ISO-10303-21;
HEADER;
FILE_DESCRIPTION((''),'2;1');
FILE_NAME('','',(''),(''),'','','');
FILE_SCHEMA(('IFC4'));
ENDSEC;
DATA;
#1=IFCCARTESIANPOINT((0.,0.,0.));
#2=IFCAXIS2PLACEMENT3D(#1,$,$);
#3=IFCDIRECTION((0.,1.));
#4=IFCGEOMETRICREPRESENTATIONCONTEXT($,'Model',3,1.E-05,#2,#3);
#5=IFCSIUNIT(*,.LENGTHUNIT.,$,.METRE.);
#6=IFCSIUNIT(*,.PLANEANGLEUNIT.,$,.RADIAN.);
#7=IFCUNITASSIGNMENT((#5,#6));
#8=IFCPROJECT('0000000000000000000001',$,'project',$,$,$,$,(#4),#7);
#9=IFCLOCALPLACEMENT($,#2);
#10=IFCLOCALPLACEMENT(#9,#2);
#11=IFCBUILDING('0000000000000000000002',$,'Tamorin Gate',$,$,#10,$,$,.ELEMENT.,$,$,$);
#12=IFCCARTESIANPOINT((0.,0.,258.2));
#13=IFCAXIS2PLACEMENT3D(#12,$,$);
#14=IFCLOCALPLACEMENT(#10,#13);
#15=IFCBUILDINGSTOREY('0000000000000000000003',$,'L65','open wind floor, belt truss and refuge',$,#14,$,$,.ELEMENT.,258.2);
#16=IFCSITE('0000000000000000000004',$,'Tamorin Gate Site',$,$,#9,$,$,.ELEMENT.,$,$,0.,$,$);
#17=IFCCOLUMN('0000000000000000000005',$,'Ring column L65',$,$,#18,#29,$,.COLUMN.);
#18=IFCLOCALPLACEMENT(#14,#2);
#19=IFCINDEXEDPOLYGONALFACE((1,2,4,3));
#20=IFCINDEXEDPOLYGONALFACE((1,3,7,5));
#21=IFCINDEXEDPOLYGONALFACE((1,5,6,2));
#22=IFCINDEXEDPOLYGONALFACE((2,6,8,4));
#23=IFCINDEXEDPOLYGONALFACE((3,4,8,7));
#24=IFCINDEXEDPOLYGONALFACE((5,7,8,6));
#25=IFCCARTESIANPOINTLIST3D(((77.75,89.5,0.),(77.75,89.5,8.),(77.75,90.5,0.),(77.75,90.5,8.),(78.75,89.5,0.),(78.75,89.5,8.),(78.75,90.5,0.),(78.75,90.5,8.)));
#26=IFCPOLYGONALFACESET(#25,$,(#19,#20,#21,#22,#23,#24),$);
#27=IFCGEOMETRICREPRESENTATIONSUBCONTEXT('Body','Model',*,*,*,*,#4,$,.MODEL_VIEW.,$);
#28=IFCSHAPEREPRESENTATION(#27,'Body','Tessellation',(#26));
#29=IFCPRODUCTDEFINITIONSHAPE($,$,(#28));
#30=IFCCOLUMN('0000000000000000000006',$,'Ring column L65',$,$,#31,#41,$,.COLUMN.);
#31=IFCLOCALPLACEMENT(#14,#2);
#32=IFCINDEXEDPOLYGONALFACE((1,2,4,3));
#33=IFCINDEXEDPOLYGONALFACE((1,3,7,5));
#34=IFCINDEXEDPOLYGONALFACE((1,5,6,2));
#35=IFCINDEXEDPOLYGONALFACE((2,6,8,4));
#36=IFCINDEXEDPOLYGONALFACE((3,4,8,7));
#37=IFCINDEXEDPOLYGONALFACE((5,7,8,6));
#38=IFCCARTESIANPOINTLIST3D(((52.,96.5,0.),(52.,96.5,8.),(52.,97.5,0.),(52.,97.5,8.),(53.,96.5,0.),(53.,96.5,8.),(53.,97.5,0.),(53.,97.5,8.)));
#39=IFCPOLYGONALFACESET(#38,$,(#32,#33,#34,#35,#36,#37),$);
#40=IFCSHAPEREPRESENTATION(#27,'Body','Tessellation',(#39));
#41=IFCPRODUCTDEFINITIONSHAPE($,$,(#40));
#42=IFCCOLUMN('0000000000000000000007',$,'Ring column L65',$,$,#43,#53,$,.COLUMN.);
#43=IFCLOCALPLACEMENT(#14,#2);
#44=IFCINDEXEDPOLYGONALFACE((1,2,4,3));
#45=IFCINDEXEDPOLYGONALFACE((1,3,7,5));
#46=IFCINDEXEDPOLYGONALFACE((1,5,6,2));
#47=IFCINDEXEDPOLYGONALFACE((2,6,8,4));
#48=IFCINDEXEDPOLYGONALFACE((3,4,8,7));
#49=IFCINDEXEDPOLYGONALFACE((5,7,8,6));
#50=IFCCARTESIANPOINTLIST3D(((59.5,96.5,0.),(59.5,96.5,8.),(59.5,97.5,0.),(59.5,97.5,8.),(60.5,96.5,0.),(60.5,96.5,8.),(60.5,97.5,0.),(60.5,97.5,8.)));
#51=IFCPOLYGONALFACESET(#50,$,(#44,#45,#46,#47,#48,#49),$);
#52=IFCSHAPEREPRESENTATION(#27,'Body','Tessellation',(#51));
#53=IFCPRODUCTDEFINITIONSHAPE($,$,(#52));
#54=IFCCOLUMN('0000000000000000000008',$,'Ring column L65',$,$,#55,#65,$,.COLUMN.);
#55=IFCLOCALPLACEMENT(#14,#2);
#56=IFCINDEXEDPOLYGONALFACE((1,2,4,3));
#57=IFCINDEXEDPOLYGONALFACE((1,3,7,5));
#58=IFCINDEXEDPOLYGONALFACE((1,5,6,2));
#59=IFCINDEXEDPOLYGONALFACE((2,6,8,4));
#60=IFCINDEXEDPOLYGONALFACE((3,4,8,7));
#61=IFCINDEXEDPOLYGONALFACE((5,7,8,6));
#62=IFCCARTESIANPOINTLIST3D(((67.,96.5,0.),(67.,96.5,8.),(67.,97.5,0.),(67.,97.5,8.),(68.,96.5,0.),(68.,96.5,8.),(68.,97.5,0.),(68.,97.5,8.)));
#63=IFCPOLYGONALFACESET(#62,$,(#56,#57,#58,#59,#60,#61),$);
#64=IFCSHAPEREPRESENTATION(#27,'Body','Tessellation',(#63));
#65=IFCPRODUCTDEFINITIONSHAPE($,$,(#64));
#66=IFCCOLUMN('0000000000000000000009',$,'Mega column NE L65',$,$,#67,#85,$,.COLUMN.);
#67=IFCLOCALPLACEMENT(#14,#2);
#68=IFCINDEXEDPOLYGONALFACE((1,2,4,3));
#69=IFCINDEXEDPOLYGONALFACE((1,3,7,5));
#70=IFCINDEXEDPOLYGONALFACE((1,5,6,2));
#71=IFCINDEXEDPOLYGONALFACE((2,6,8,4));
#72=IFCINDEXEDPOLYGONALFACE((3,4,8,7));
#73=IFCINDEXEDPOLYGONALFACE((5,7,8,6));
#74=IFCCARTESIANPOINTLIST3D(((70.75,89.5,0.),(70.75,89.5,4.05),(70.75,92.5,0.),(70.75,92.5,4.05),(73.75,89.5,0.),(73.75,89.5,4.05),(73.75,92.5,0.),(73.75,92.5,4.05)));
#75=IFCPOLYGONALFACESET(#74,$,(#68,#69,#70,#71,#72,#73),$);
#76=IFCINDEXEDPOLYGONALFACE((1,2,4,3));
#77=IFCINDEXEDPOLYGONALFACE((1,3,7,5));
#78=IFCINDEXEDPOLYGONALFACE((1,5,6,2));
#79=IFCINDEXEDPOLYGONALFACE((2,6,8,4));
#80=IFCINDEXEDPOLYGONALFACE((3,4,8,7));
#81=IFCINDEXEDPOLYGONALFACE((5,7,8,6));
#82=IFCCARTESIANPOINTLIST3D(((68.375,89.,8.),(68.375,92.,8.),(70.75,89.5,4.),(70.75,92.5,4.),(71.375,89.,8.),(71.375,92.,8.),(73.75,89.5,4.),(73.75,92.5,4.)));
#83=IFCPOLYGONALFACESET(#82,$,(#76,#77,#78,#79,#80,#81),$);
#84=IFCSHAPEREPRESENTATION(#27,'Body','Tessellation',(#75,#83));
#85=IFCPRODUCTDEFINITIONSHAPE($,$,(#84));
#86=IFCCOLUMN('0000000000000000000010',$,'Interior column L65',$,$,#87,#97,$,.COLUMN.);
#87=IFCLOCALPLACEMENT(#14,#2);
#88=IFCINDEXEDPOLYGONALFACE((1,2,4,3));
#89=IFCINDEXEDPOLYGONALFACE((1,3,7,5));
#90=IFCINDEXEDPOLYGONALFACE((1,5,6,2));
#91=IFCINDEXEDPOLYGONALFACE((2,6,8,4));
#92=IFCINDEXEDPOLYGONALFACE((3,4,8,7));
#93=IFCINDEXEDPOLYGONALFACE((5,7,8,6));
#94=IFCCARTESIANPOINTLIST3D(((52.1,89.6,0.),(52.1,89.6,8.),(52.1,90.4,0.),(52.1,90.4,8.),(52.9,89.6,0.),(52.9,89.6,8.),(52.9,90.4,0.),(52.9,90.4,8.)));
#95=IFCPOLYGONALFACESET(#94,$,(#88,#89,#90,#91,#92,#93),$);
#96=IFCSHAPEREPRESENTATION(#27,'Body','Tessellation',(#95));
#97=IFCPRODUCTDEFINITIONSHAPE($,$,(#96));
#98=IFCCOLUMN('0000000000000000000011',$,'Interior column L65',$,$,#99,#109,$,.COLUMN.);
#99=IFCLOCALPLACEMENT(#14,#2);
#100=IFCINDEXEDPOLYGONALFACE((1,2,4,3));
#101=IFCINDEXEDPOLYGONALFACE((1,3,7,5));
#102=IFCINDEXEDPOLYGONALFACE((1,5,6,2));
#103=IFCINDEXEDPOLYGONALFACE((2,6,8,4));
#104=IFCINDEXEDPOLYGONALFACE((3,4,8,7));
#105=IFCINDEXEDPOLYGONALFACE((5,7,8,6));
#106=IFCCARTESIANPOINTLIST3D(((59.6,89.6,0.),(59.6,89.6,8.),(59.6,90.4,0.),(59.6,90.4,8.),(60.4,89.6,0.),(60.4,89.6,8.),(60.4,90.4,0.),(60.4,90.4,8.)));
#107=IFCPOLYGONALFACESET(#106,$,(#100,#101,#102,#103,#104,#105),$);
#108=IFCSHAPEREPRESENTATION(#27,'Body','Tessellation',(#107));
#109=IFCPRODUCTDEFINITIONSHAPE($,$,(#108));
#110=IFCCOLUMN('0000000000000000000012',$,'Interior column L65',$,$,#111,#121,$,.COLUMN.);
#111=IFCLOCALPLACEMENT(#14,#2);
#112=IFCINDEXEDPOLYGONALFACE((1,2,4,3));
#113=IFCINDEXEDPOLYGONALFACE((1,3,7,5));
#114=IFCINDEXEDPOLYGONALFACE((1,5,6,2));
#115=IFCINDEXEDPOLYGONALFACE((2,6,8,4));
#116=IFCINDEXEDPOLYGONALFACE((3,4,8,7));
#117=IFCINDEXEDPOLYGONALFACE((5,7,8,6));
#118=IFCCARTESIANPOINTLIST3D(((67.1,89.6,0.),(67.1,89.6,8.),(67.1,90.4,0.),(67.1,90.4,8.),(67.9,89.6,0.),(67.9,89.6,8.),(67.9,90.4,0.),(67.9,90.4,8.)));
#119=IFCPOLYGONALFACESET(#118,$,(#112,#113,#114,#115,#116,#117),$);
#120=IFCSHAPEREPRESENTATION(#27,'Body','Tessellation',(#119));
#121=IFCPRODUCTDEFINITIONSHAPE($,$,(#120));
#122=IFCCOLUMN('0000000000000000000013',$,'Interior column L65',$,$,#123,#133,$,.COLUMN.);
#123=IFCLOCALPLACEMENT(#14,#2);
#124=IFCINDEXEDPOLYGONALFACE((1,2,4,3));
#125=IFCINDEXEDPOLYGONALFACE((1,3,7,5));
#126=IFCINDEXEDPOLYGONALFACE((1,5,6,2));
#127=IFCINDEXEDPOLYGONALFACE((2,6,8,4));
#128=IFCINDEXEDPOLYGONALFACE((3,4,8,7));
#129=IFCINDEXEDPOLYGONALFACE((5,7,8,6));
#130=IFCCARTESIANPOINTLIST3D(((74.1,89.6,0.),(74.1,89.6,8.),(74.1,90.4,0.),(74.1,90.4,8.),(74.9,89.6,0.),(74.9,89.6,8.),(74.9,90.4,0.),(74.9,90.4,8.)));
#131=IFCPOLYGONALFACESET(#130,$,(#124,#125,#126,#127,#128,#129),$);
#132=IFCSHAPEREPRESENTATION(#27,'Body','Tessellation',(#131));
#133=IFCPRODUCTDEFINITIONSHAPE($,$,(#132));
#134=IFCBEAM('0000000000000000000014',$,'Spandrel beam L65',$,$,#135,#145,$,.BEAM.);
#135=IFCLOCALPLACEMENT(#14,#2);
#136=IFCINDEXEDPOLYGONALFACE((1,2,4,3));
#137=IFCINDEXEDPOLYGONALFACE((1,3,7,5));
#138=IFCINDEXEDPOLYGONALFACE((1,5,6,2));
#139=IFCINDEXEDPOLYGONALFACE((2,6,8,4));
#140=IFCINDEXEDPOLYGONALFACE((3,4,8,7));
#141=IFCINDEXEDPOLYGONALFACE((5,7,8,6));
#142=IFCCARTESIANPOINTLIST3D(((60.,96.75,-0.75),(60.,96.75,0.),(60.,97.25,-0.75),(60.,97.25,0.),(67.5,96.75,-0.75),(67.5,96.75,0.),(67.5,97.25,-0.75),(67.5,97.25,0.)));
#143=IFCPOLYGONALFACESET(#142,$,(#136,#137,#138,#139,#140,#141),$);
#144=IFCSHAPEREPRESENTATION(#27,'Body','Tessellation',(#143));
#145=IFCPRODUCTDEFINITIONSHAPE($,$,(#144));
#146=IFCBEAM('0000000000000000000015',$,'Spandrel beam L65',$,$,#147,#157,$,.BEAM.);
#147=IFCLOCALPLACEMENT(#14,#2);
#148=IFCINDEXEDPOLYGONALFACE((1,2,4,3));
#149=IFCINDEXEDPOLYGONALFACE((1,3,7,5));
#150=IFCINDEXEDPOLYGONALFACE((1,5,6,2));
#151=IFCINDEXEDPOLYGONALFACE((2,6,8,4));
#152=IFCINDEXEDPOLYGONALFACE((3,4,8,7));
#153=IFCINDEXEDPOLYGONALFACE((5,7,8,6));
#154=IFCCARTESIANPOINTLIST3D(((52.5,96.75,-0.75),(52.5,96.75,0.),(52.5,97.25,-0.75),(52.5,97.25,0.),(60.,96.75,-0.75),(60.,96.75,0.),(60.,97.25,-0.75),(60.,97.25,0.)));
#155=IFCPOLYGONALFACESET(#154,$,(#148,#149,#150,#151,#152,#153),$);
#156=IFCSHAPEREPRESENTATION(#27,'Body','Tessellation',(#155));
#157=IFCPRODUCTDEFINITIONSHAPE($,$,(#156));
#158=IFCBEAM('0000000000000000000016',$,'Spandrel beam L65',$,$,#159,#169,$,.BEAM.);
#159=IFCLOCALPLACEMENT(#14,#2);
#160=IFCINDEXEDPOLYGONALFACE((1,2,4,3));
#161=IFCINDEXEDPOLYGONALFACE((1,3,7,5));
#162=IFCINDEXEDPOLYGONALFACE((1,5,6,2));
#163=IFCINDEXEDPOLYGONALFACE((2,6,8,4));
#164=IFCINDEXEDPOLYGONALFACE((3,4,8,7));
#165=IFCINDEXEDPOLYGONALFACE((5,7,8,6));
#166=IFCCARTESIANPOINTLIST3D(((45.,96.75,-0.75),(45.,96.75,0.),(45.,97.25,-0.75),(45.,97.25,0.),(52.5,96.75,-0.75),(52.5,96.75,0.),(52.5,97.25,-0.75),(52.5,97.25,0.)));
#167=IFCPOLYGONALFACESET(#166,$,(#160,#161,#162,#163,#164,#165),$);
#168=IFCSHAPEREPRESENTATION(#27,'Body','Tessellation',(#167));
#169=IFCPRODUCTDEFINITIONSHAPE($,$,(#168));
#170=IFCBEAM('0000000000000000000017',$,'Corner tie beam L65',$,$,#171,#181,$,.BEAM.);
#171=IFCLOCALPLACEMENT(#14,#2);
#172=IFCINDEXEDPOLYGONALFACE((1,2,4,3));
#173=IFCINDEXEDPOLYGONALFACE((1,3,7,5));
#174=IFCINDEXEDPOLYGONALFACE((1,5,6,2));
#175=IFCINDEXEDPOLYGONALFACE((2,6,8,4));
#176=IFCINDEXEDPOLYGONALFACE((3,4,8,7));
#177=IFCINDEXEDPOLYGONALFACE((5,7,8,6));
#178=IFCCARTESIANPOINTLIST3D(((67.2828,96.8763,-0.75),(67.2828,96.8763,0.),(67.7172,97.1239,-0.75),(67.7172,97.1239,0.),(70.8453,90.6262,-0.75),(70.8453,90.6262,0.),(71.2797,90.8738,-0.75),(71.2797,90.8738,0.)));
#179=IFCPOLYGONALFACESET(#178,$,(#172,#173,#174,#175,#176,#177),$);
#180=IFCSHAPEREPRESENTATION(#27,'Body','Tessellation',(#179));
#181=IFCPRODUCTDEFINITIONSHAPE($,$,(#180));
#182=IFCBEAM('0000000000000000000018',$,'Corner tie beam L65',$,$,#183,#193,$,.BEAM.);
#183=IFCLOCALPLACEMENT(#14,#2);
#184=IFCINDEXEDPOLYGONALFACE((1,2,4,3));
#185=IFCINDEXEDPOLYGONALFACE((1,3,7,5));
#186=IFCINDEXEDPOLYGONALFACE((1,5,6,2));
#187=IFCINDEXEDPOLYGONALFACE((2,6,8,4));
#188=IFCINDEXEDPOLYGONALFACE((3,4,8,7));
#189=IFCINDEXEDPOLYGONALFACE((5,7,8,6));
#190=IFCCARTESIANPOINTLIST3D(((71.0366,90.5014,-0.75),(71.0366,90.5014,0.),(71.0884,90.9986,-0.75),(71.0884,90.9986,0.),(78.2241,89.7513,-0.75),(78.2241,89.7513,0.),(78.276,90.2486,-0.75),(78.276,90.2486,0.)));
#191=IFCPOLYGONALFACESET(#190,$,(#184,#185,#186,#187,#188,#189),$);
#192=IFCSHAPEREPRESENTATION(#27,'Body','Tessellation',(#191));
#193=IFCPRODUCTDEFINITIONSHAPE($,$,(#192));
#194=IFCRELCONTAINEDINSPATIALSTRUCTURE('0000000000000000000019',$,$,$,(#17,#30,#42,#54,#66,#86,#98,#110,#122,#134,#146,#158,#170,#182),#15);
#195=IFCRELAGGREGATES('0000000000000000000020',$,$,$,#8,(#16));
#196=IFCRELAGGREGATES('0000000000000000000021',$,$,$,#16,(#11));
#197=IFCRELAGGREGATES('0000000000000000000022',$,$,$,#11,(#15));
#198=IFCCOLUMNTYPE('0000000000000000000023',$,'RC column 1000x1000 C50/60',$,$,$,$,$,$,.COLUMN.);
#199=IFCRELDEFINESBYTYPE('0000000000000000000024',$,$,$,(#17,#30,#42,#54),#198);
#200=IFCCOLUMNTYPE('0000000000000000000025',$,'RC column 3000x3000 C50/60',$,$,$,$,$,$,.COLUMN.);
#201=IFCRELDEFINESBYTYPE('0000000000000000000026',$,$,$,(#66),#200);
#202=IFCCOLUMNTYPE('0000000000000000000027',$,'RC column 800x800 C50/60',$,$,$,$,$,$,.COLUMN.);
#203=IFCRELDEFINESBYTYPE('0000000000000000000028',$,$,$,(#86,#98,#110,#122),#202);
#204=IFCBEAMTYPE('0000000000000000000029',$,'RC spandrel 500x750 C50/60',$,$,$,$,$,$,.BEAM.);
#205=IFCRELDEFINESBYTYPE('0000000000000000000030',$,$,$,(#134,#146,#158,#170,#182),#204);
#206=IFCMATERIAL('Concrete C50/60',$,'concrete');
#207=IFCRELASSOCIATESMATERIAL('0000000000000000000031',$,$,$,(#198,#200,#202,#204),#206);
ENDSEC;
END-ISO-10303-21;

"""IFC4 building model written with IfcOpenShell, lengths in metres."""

from ifc_helpers import new_model, si_unit, direction, frame, origin, origin_2d, place, context, subcontext, project, spatial, rectangle, extrude, material, material_profile, profile_set, type_object, element, save


model = new_model("IFC4")

# Units and contexts
model_context = context("Model", 3, precision=1e-05, world=origin(), true_north=direction((0.0, 1.0)))
body_context = subcontext(model_context, "Body", "Model", "MODEL_VIEW")
ifc_project = project(units=[si_unit("LENGTHUNIT", "METRE"), si_unit("PLANEANGLEUNIT", "RADIAN")], contexts=[model_context])

# Site, building, storey
site_placement = place(None, origin())
site = spatial("IfcSite", under=ifc_project, at=site_placement, Name="Tamorin Gate Site", CompositionType="ELEMENT", RefElevation=0.0)
building_placement = place(site_placement, origin())
building = spatial("IfcBuilding", under=site, at=building_placement, Name="Tamorin Gate", CompositionType="ELEMENT")
storey_placement = place(building_placement, frame((0.0, 0.0, 258.2)))
storey = spatial("IfcBuildingStorey", under=building, at=storey_placement, Name="L65", Description="open wind floor, belt truss and refuge", CompositionType="ELEMENT", Elevation=258.2)

# Columns
ifc_material_1 = material(Name="Concrete C50/60", Category="concrete")
ifc_material_profile_1 = material_profile(ifc_material_1, rectangle(XDim=1.0, YDim=1.0, at=origin_2d()), Name="RC 1000x1000")
ifc_profile_set_1 = profile_set([ifc_material_profile_1], Name="Concrete C50/60")
column_type_1 = type_object("IfcColumnType", Name="RC column 1000x1000 C50/60", PredefinedType="COLUMN", material=ifc_profile_set_1)
for number, where, z_axis, x_axis, name in (
    (1, (78.25, 90.0, 0.0), (0.0, 0.0, 1.0), (1.0, 0.0, 0.0), "Ring column L65"),
    (2, (52.5, 97.0, 0.0), (0.0, 0.0, 1.0), (1.0, 0.0, 0.0), "Ring column L65"),
    (3, (60.0, 97.0, 0.0), (0.0, 0.0, 1.0), (1.0, 0.0, 0.0), "Ring column L65"),
    (4, (67.5, 97.0, 0.0), (0.0, 0.0, 1.0), (1.0, 0.0, 0.0), "Ring column L65"),
):
    element("IfcColumn", number, at=place(storey_placement, frame(where, z_axis=z_axis, x_axis=x_axis)), inside=storey, type_object=column_type_1, Name=name, PredefinedType="COLUMN", context=body_context, shape_type="SweptSolid", body=[
        extrude(rectangle(XDim=1.0, YDim=1.0, at=origin_2d()), origin(), (0.0, 0.0, 1.0), 8.0),
    ])
ifc_material_profile_2 = material_profile(ifc_material_1, rectangle(XDim=3.0, YDim=3.0, at=origin_2d()), Name="RC 3000x3000")
ifc_profile_set_2 = profile_set([ifc_material_profile_2], Name="Concrete C50/60")
column_type_2 = type_object("IfcColumnType", Name="RC column 3000x3000 C50/60", PredefinedType="COLUMN", material=ifc_profile_set_2)
column_placement = place(storey_placement, frame((72.25, 91.0, 0.0), z_axis=(0.0, 0.0, 1.0), x_axis=(-1.0, 0.0, 0.0)))
element("IfcColumn", 5, at=column_placement, inside=storey, type_object=column_type_2, Name="Mega column NE L65", PredefinedType="COLUMN", context=body_context, shape_type="SweptSolid", body=[
    extrude(rectangle(XDim=3.0, YDim=3.0, at=origin_2d()), origin(), (0.0, 0.0, 1.0), 4.05),
    extrude(rectangle(XDim=3.0, YDim=3.0, at=origin_2d()), frame((0.0, 0.0, 4.0)), (0.507615, 0.106866, 0.854931), 4.6787),
])
ifc_material_profile_3 = material_profile(ifc_material_1, rectangle(XDim=0.8, YDim=0.8, at=origin_2d()), Name="RC 800x800")
ifc_profile_set_3 = profile_set([ifc_material_profile_3], Name="Concrete C50/60")
column_type_3 = type_object("IfcColumnType", Name="RC column 800x800 C50/60", PredefinedType="COLUMN", material=ifc_profile_set_3)
for number, where, z_axis, x_axis, name in (
    (6, (52.5, 90.0, 0.0), (0.0, 0.0, 1.0), (1.0, 0.0, 0.0), "Interior column L65"),
    (7, (60.0, 90.0, 0.0), (0.0, 0.0, 1.0), (1.0, 0.0, 0.0), "Interior column L65"),
    (8, (67.5, 90.0, 0.0), (0.0, 0.0, 1.0), (1.0, 0.0, 0.0), "Interior column L65"),
    (9, (74.5, 90.0, 0.0), (0.0, 0.0, 1.0), (1.0, 0.0, 0.0), "Interior column L65"),
):
    element("IfcColumn", number, at=place(storey_placement, frame(where, z_axis=z_axis, x_axis=x_axis)), inside=storey, type_object=column_type_3, Name=name, PredefinedType="COLUMN", context=body_context, shape_type="SweptSolid", body=[
        extrude(rectangle(XDim=0.8, YDim=0.8, at=origin_2d()), origin(), (0.0, 0.0, 1.0), 8.0),
    ])

# Beams
ifc_material_profile_4 = material_profile(ifc_material_1, rectangle(XDim=0.5, YDim=0.75, at=origin_2d()), Name="RC 500x750")
ifc_profile_set_4 = profile_set([ifc_material_profile_4], Name="Concrete C50/60")
beam_type = type_object("IfcBeamType", Name="RC spandrel 500x750 C50/60", PredefinedType="BEAM", material=ifc_profile_set_4)
for number, where, z_axis, x_axis, name in (
    (10, (67.5, 97.0, -0.375), (-1.0, 0.0, 0.0), (0.0, -1.0, 0.0), "Spandrel beam L65"),
    (11, (60.0, 97.0, -0.375), (-1.0, 0.0, 0.0), (0.0, -1.0, 0.0), "Spandrel beam L65"),
    (12, (52.5, 97.0, -0.375), (-1.0, 0.0, 0.0), (0.0, -1.0, 0.0), "Spandrel beam L65"),
):
    element("IfcBeam", number, at=place(storey_placement, frame(where, z_axis=z_axis, x_axis=x_axis)), inside=storey, type_object=beam_type, Name=name, PredefinedType="BEAM", context=body_context, shape_type="SweptSolid", body=[
        extrude(rectangle(XDim=0.5, YDim=0.75, at=origin_2d()), origin(), (0.0, 0.0, 1.0), 7.5),
    ])
beam_1_placement = place(storey_placement, frame((71.0625, 90.75, -0.375), z_axis=(-0.495203, 0.868777, 0.0), x_axis=(-0.868777, -0.495203, 0.0)))
element("IfcBeam", 13, at=beam_1_placement, inside=storey, type_object=beam_type, Name="Corner tie beam L65", PredefinedType="BEAM", context=body_context, shape_type="SweptSolid", body=[
    extrude(rectangle(XDim=0.5, YDim=0.75, at=origin_2d()), origin(), (0.0, 0.0, 1.0), 7.1941),
])
beam_2_placement = place(storey_placement, frame((71.0625, 90.75, -0.375), z_axis=(0.9946, -0.103784, 0.0), x_axis=(0.103784, 0.9946, 0.0)))
element("IfcBeam", 14, at=beam_2_placement, inside=storey, type_object=beam_type, Name="Corner tie beam L65", PredefinedType="BEAM", context=body_context, shape_type="SweptSolid", body=[
    extrude(rectangle(XDim=0.5, YDim=0.75, at=origin_2d()), origin(), (0.0, 0.0, 1.0), 7.2266),
])

save(model, "model.ifc")
